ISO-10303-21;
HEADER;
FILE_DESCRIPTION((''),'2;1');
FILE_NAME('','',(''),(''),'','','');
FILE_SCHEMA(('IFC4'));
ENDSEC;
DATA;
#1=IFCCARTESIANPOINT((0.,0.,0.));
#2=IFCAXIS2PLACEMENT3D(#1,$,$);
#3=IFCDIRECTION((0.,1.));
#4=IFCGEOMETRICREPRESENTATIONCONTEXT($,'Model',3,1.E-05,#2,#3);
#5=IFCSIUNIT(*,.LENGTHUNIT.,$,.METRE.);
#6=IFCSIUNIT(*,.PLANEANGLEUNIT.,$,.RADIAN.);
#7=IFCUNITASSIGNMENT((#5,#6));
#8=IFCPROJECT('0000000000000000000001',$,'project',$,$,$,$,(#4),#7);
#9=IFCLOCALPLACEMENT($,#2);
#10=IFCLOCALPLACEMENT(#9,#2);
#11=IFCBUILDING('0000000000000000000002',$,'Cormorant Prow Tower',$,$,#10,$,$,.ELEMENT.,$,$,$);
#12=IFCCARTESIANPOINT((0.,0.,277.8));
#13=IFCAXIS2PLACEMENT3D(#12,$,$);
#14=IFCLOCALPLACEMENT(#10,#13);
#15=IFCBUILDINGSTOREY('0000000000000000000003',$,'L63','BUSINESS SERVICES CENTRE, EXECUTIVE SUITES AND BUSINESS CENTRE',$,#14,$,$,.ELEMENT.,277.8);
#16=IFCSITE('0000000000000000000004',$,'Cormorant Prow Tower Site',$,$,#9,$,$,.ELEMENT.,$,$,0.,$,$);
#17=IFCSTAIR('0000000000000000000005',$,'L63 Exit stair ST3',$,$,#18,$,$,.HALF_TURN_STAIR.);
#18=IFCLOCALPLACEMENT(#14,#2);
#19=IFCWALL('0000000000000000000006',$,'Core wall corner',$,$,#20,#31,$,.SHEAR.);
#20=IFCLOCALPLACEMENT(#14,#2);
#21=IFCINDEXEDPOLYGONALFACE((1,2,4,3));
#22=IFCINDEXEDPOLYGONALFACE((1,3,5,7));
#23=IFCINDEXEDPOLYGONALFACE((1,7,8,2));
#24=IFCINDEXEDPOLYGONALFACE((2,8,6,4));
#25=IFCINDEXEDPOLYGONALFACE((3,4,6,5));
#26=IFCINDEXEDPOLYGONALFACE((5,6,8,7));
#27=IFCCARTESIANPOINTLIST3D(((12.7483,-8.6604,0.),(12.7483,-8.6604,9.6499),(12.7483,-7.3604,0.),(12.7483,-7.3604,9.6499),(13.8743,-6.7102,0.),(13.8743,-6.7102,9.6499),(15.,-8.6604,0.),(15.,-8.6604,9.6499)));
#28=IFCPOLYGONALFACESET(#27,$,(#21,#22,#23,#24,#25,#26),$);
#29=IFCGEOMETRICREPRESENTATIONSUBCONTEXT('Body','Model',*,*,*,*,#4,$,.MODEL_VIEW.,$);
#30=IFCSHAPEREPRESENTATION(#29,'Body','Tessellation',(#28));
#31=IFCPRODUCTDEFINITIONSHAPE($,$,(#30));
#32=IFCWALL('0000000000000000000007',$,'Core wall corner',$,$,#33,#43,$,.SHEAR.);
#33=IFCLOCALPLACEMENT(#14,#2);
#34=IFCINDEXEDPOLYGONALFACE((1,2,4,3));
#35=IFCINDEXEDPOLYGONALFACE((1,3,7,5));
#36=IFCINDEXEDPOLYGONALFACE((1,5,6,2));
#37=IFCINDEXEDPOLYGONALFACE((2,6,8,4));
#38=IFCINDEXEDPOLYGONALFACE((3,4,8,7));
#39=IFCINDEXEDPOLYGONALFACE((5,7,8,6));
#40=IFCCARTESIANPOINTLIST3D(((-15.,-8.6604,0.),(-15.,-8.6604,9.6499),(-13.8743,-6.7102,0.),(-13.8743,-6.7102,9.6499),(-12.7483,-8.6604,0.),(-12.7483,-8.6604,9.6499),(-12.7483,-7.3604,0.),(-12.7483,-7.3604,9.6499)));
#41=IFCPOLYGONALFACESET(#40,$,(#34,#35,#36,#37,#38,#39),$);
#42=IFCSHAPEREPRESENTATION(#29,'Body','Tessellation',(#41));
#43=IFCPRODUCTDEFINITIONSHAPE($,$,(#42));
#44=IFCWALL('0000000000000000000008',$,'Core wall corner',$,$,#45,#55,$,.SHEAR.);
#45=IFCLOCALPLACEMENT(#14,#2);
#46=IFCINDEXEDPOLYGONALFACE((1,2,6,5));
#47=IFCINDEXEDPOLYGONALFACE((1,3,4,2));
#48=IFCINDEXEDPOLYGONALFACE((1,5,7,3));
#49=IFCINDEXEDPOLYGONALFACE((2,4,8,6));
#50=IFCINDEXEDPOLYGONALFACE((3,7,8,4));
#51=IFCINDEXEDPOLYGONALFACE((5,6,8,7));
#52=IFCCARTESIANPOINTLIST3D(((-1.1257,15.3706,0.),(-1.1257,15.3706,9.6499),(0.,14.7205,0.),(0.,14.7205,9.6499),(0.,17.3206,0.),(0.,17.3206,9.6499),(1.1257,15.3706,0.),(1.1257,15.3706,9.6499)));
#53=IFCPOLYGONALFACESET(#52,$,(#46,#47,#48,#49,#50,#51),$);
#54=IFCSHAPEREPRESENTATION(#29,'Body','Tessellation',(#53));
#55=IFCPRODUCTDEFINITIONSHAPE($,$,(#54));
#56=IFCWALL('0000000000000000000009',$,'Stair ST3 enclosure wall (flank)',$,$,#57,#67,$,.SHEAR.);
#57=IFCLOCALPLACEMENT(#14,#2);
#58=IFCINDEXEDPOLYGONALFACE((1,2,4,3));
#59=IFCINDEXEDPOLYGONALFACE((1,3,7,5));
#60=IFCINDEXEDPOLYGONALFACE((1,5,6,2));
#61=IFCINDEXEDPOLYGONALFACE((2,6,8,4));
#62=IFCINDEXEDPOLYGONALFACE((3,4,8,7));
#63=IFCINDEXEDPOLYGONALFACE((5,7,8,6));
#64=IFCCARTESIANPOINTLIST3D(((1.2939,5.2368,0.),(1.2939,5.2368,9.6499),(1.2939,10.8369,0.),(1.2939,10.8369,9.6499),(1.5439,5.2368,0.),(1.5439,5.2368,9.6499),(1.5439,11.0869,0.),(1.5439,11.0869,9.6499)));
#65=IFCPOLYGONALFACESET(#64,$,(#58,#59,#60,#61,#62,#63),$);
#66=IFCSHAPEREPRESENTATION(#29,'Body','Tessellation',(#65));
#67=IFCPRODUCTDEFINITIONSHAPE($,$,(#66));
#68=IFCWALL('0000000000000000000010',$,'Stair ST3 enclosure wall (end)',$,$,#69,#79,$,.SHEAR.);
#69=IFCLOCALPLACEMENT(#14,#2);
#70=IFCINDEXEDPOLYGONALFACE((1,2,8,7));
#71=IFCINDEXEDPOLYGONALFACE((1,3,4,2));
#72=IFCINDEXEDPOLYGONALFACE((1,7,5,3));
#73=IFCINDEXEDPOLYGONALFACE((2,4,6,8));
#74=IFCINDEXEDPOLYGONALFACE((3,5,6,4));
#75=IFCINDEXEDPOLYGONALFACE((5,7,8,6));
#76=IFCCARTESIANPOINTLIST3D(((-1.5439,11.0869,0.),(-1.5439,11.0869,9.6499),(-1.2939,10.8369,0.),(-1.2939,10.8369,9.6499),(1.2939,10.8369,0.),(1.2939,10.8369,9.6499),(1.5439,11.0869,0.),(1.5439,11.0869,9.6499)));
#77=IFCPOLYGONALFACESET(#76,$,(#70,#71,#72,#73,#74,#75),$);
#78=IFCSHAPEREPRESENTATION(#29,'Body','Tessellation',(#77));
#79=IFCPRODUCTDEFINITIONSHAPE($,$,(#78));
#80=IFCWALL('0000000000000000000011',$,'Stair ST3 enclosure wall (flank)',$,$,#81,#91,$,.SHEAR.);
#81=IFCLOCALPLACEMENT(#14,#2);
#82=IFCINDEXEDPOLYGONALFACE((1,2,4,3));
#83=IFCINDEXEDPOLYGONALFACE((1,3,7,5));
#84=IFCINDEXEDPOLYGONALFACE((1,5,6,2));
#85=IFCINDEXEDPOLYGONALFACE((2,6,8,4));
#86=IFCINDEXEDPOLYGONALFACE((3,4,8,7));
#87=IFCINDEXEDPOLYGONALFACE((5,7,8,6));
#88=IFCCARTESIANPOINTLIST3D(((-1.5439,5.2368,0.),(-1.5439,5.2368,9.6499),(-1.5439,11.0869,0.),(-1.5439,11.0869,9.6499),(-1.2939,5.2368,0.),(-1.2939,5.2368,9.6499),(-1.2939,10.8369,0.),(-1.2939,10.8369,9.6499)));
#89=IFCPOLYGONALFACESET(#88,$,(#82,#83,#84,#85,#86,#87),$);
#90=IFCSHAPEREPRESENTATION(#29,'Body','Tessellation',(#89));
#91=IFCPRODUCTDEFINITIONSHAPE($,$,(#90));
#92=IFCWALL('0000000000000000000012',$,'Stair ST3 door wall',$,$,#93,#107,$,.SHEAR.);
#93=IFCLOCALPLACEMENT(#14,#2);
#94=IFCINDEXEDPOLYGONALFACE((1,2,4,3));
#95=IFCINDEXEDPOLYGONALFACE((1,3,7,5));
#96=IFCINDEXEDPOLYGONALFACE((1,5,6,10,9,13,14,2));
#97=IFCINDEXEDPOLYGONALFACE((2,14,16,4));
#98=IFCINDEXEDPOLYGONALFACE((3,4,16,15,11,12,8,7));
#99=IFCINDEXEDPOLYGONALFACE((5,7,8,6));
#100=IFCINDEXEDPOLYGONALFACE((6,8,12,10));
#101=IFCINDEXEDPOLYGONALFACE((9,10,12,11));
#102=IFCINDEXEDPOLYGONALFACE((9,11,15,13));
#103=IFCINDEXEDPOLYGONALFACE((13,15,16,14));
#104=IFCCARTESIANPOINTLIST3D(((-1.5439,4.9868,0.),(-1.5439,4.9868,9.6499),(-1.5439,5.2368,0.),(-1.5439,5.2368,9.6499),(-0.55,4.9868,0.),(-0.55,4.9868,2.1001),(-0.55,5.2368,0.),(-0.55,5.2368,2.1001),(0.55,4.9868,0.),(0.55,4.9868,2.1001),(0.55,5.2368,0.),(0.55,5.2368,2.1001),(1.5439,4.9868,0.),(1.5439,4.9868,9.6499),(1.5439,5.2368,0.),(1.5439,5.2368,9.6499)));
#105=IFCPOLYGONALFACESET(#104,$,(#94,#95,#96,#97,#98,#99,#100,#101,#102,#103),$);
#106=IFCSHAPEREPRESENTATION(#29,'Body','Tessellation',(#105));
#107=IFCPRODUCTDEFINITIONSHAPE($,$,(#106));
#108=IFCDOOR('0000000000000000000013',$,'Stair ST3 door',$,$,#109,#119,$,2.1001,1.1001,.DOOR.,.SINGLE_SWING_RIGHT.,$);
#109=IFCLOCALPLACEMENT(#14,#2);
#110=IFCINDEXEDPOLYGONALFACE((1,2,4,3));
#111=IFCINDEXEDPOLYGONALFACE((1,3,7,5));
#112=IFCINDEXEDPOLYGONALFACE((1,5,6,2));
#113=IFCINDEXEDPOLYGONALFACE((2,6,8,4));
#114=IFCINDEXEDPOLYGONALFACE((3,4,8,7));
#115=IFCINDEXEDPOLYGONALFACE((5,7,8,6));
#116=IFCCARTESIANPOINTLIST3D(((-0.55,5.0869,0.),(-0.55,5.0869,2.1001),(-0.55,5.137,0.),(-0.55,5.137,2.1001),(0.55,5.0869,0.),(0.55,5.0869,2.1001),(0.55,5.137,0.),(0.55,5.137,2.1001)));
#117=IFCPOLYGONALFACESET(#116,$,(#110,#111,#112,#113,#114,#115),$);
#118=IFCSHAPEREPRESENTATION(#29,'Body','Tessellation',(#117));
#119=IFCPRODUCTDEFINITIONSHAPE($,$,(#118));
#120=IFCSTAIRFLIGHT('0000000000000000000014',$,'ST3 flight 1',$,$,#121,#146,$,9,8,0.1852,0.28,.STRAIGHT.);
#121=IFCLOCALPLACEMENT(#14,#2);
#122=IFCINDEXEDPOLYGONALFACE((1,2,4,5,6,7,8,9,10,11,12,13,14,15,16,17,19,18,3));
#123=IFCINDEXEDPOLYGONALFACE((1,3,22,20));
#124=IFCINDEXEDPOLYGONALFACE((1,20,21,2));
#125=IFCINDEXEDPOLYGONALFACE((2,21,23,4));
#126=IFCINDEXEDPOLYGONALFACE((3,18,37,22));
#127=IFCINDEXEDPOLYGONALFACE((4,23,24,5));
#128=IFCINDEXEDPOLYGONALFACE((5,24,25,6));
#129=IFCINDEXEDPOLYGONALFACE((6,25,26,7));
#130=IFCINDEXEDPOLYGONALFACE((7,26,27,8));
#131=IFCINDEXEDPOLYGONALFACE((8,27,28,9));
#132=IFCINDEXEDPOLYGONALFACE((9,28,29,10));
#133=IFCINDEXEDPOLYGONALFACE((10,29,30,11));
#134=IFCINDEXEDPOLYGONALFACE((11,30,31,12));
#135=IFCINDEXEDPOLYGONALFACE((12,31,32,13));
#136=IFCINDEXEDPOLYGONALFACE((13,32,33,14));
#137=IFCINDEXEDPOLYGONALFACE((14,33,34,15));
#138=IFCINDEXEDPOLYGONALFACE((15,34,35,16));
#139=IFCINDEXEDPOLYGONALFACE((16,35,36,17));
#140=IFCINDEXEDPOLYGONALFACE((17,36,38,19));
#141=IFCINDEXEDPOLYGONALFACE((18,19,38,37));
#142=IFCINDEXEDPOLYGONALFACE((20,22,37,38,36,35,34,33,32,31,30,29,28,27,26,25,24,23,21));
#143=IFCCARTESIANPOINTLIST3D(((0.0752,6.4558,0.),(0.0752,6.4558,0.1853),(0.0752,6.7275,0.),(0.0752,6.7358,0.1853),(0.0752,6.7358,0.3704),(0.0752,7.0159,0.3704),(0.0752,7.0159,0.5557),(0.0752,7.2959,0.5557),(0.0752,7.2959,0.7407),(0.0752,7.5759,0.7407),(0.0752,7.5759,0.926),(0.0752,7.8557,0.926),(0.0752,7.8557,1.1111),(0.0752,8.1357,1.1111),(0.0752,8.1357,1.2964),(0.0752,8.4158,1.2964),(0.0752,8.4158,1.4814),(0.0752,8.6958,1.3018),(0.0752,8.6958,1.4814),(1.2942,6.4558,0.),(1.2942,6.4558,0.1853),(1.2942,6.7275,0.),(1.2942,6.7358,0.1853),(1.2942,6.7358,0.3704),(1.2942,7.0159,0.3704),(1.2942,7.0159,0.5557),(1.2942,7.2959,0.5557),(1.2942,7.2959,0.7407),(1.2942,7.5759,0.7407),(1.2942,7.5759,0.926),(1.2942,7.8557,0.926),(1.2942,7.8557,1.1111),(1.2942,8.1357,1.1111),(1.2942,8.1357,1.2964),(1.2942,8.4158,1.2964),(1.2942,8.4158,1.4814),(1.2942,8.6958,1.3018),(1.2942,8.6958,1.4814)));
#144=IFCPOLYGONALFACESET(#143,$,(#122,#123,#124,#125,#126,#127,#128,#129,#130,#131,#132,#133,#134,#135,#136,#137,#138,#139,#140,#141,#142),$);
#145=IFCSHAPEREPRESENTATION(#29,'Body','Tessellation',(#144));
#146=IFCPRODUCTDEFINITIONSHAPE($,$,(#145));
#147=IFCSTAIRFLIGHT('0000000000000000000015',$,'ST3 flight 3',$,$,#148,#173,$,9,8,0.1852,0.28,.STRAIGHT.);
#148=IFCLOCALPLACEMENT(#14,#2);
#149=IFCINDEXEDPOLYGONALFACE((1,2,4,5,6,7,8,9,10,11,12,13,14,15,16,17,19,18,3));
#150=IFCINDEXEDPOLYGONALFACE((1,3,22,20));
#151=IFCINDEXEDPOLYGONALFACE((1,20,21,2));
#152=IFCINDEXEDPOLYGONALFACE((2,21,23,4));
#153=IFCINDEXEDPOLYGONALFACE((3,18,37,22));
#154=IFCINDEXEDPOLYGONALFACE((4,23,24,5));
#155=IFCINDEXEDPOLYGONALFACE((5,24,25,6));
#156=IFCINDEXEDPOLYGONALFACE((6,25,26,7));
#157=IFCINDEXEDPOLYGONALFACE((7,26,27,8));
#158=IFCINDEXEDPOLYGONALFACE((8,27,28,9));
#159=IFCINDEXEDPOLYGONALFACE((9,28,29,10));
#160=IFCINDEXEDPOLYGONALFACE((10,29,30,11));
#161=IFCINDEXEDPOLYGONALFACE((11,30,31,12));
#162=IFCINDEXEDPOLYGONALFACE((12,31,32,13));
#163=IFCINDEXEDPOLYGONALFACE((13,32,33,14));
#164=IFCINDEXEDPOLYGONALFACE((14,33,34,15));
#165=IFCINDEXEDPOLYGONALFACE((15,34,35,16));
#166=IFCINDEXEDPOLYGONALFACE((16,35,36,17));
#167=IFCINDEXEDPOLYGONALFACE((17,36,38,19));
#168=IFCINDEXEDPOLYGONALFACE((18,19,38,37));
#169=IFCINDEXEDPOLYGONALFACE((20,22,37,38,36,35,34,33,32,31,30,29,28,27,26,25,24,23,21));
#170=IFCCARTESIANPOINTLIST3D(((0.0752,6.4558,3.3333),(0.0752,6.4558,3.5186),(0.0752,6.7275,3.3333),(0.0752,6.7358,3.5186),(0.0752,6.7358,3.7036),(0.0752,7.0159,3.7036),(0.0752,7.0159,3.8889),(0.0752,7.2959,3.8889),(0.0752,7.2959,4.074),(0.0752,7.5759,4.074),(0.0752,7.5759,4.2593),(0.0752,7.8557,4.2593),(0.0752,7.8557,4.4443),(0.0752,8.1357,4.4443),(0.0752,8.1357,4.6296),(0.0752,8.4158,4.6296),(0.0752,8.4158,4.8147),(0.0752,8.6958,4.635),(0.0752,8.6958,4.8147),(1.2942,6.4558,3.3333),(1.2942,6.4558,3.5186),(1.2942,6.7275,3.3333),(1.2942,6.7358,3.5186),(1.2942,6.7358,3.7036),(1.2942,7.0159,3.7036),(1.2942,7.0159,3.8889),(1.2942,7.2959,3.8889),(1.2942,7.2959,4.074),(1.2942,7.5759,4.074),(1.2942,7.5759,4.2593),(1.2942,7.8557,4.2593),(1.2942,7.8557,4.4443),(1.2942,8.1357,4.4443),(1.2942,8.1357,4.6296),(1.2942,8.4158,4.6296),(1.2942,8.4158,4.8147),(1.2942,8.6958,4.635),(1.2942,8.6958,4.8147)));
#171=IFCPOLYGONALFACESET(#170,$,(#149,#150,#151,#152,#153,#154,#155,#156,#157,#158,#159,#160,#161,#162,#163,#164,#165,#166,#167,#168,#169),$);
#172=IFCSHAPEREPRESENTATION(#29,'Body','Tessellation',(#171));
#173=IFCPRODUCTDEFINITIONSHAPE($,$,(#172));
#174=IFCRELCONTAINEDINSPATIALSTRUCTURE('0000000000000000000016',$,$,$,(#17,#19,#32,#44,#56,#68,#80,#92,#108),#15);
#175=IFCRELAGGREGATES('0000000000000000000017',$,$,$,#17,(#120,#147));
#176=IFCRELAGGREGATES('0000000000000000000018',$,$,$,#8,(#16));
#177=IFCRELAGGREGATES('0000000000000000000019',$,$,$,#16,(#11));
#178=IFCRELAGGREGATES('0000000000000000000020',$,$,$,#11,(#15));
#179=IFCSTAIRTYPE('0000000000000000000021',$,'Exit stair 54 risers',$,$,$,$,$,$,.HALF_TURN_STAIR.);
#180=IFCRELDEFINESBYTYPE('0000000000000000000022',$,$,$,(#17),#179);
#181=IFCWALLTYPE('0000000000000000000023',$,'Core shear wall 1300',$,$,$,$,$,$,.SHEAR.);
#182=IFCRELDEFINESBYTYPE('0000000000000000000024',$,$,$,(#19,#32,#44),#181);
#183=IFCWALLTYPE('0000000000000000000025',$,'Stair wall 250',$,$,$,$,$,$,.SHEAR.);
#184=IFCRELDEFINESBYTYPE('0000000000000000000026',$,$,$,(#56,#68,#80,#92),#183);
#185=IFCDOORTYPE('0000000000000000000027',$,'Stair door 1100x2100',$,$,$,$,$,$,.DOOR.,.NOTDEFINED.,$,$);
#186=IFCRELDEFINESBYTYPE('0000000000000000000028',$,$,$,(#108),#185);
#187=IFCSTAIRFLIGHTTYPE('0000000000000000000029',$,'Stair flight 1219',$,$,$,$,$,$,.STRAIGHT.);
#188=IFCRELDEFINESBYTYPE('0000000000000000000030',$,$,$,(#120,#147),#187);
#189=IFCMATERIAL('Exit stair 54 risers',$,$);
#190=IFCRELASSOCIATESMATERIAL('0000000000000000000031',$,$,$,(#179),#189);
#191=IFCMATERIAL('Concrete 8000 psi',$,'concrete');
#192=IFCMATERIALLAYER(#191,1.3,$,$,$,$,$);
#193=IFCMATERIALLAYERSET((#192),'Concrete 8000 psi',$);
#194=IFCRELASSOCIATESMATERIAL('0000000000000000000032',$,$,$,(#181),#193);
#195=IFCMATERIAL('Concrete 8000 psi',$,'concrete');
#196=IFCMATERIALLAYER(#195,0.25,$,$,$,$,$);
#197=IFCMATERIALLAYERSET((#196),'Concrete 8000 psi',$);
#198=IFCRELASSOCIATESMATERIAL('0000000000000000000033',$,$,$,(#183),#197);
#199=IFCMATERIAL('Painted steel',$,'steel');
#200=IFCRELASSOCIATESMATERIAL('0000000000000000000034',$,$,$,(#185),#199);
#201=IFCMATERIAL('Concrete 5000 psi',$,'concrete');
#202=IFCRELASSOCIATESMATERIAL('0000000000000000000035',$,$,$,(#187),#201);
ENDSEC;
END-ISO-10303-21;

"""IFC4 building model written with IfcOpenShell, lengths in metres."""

from ifc_helpers import new_model, si_unit, direction, frame, frame_2d, origin, place, context, subcontext, project, spatial, polyline, rectangle, outline, extrude, material, layer, layer_set, type_object, element, fill, aggregate, save


model = new_model("IFC4")

# Units and contexts
model_context = context("Model", 3, precision=1e-05, world=origin(), true_north=direction((0.0, 1.0)))
body_context = subcontext(model_context, "Body", "Model", "MODEL_VIEW")
ifc_project = project(units=[si_unit("LENGTHUNIT", "METRE"), si_unit("PLANEANGLEUNIT", "RADIAN")], contexts=[model_context])

# Site, building, storey
site_placement = place(None, origin())
site = spatial("IfcSite", under=ifc_project, at=site_placement, Name="Cormorant Prow Tower Site", CompositionType="ELEMENT", RefElevation=0.0)
building_placement = place(site_placement, origin())
building = spatial("IfcBuilding", under=site, at=building_placement, Name="Cormorant Prow Tower", CompositionType="ELEMENT")
storey_placement = place(building_placement, frame((0.0, 0.0, 277.8)))
storey = spatial("IfcBuildingStorey", under=building, at=storey_placement, Name="L63", Description="BUSINESS SERVICES CENTRE, EXECUTIVE SUITES AND BUSINESS CENTRE", CompositionType="ELEMENT", Elevation=277.8)

# Stair
ifc_material_1 = material(Name="Exit stair 54 risers")
stair_type = type_object("IfcStairType", Name="Exit stair 54 risers", PredefinedType="HALF_TURN_STAIR", material=ifc_material_1)
stair_1_placement = place(storey_placement, origin())
stair_1 = element("IfcStair", 1, at=stair_1_placement, inside=storey, type_object=stair_type, Name="L63 Exit stair ST3", PredefinedType="HALF_TURN_STAIR")

# Walls
ifc_material_2 = material(Name="Concrete 8000 psi", Category="concrete")
ifc_layer_1 = layer(ifc_material_2, 1.3)
ifc_layer_set_1 = layer_set([ifc_layer_1], Name="Concrete 8000 psi")
wall_type_1 = type_object("IfcWallType", Name="Core shear wall 1300", PredefinedType="SHEAR", material=ifc_layer_set_1)
wall_1_placement = place(storey_placement, origin())
element("IfcWall", 2, at=wall_1_placement, inside=storey, type_object=wall_type_1, Name="Core wall corner", PredefinedType="SHEAR", context=body_context, shape_type="SweptSolid", body=[
    extrude(outline(polyline([(12.7483, -8.6604), (12.7483, -7.3604), (13.8743, -6.7102), (15.0, -8.6604), (12.7483, -8.6604)])), origin(), (0.0, 0.0, 1.0), 9.6499),
])
wall_2_placement = place(storey_placement, origin())
element("IfcWall", 3, at=wall_2_placement, inside=storey, type_object=wall_type_1, Name="Core wall corner", PredefinedType="SHEAR", context=body_context, shape_type="SweptSolid", body=[
    extrude(outline(polyline([(-13.8743, -6.7102), (-12.7483, -7.3604), (-12.7483, -8.6604), (-15.0, -8.6604), (-13.8743, -6.7102)])), origin(), (0.0, 0.0, 1.0), 9.6499),
])
wall_3_placement = place(storey_placement, origin())
element("IfcWall", 4, at=wall_3_placement, inside=storey, type_object=wall_type_1, Name="Core wall corner", PredefinedType="SHEAR", context=body_context, shape_type="SweptSolid", body=[
    extrude(outline(polyline([(-1.1257, 15.3706), (0.0, 17.3206), (1.1257, 15.3706), (0.0, 14.7205), (-1.1257, 15.3706)])), origin(), (0.0, 0.0, 1.0), 9.6499),
])
ifc_material_3 = material(Name="Concrete 8000 psi", Category="concrete")
ifc_layer_2 = layer(ifc_material_3, 0.25)
ifc_layer_set_2 = layer_set([ifc_layer_2], Name="Concrete 8000 psi")
wall_type_2 = type_object("IfcWallType", Name="Stair wall 250", PredefinedType="SHEAR", material=ifc_layer_set_2)
wall_4_placement = place(storey_placement, origin())
element("IfcWall", 5, at=wall_4_placement, inside=storey, type_object=wall_type_2, Name="Stair ST3 enclosure wall (flank)", PredefinedType="SHEAR", context=body_context, shape_type="SweptSolid", body=[
    extrude(outline(polyline([(1.5439, 5.2368), (1.5439, 11.0869), (1.2939, 10.8369), (1.2939, 5.2368), (1.5439, 5.2368)])), origin(), (0.0, 0.0, 1.0), 9.6499),
])
wall_5_placement = place(storey_placement, origin())
element("IfcWall", 6, at=wall_5_placement, inside=storey, type_object=wall_type_2, Name="Stair ST3 enclosure wall (end)", PredefinedType="SHEAR", context=body_context, shape_type="SweptSolid", body=[
    extrude(outline(polyline([(1.5439, 11.0869), (-1.5439, 11.0869), (-1.2939, 10.8369), (1.2939, 10.8369), (1.5439, 11.0869)])), origin(), (0.0, 0.0, 1.0), 9.6499),
])
wall_6_placement = place(storey_placement, origin())
element("IfcWall", 7, at=wall_6_placement, inside=storey, type_object=wall_type_2, Name="Stair ST3 enclosure wall (flank)", PredefinedType="SHEAR", context=body_context, shape_type="SweptSolid", body=[
    extrude(outline(polyline([(-1.2939, 10.8369), (-1.5439, 11.0869), (-1.5439, 5.2368), (-1.2939, 5.2368), (-1.2939, 10.8369)])), origin(), (0.0, 0.0, 1.0), 9.6499),
])

# Wall, opening, door
wall_7_placement = place(storey_placement, frame((1.5439, 5.1118, 0.0), z_axis=(0.0, 0.0, 1.0), x_axis=(-1.0, 0.0, 0.0)))
wall_7 = element("IfcWall", 8, at=wall_7_placement, inside=storey, type_object=wall_type_2, Name="Stair ST3 door wall", PredefinedType="SHEAR", context=body_context, shape_type="SweptSolid", body=[
    extrude(rectangle(XDim=3.0879, YDim=0.25, at=frame_2d((1.5439, 0.0))), origin(), (0.0, 0.0, 1.0), 9.6499),
])
opening_placement = place(wall_7_placement, frame((0.9939, 0.0, 0.0)))
opening = element("IfcOpeningElement", 9, at=opening_placement, cuts=wall_7, PredefinedType="OPENING", context=body_context, shape_type="SweptSolid", body=[
    extrude(rectangle(XDim=1.1001, YDim=2.1001, at=frame_2d((0.55, 1.05))), frame((0.0, 0.135, 0.0), z_axis=(0.0, -1.0, 0.0), x_axis=(1.0, 0.0, 0.0)), (0.0, 0.0, 1.0), 0.27),
])
ifc_material_4 = material(Name="Painted steel", Category="steel")
door_type = type_object("IfcDoorType", Name="Stair door 1100x2100", OperationType="NOTDEFINED", PredefinedType="DOOR", material=ifc_material_4)
door_placement = place(opening_placement, origin())
door = element("IfcDoor", 10, at=door_placement, inside=storey, type_object=door_type, Name="Stair ST3 door", OperationType="SINGLE_SWING_RIGHT", OverallHeight=2.1001, OverallWidth=1.1001, PredefinedType="DOOR", context=body_context, shape_type="SweptSolid", body=[
    extrude(rectangle(XDim=1.1001, YDim=2.1001, at=frame_2d((0.55, 1.05))), frame((0.0, 0.0249, 0.0), z_axis=(0.0, -1.0, 0.0), x_axis=(1.0, 0.0, 0.0)), (0.0, 0.0, 1.0), 0.05),
])
fill(opening, door)

# Stair flights
ifc_material_5 = material(Name="Concrete 5000 psi", Category="concrete")
stair_flight_type = type_object("IfcStairFlightType", Name="Stair flight 1219", PredefinedType="STRAIGHT", material=ifc_material_5)
stair_flight_1_placement = place(storey_placement, frame((0.6846, 6.4558, 0.0), z_axis=(0.0, 0.0, 1.0), x_axis=(0.0, 1.0, 0.0)))
stair_flight_1 = element("IfcStairFlight", 11, at=stair_flight_1_placement, type_object=stair_flight_type, Name="ST3 flight 1", NumberOfRisers=9, NumberOfTreads=8, PredefinedType="STRAIGHT", RiserHeight=0.1852, TreadLength=0.28, context=body_context, shape_type="SweptSolid", body=[
    extrude(outline(polyline([(0.0, 0.0), (0.0, 0.1853), (0.28, 0.1853), (0.28, 0.3704), (0.5601, 0.3704), (0.5601, 0.5557), (0.8401, 0.5557), (0.8401, 0.7407), (1.1201, 0.7407), (1.1201, 0.926), (1.3999, 0.926), (1.3999, 1.1111), (1.6799, 1.1111), (1.6799, 1.2964), (1.96, 1.2964), (1.96, 1.4814), (2.24, 1.4814), (2.24, 1.6667), (2.24, 1.3018), (0.2717, 0.0), (0.0, 0.0)])), frame((0.0, 0.6094, 0.0), z_axis=(0.0, -1.0, 0.0), x_axis=(1.0, 0.0, 0.0)), (0.0, 0.0, 1.0), 1.219),
])
stair_flight_2_placement = place(storey_placement, frame((0.6846, 6.4558, 3.3333), z_axis=(0.0, 0.0, 1.0), x_axis=(0.0, 1.0, 0.0)))
stair_flight_2 = element("IfcStairFlight", 12, at=stair_flight_2_placement, type_object=stair_flight_type, Name="ST3 flight 3", NumberOfRisers=9, NumberOfTreads=8, PredefinedType="STRAIGHT", RiserHeight=0.1852, TreadLength=0.28, context=body_context, shape_type="SweptSolid", body=[
    extrude(outline(polyline([(0.0, 0.0), (0.0, 0.1853), (0.28, 0.1853), (0.28, 0.3704), (0.5601, 0.3704), (0.5601, 0.5557), (0.8401, 0.5557), (0.8401, 0.7407), (1.1201, 0.7407), (1.1201, 0.926), (1.3999, 0.926), (1.3999, 1.1111), (1.6799, 1.1111), (1.6799, 1.2964), (1.96, 1.2964), (1.96, 1.4814), (2.24, 1.4814), (2.24, 1.6667), (2.24, 1.3018), (0.2717, 0.0), (0.0, 0.0)])), frame((0.0, 0.6094, 0.0), z_axis=(0.0, -1.0, 0.0), x_axis=(1.0, 0.0, 0.0)), (0.0, 0.0, 1.0), 1.219),
])
aggregate(stair_1, [stair_flight_1, stair_flight_2])

save(model, "model.ifc")
